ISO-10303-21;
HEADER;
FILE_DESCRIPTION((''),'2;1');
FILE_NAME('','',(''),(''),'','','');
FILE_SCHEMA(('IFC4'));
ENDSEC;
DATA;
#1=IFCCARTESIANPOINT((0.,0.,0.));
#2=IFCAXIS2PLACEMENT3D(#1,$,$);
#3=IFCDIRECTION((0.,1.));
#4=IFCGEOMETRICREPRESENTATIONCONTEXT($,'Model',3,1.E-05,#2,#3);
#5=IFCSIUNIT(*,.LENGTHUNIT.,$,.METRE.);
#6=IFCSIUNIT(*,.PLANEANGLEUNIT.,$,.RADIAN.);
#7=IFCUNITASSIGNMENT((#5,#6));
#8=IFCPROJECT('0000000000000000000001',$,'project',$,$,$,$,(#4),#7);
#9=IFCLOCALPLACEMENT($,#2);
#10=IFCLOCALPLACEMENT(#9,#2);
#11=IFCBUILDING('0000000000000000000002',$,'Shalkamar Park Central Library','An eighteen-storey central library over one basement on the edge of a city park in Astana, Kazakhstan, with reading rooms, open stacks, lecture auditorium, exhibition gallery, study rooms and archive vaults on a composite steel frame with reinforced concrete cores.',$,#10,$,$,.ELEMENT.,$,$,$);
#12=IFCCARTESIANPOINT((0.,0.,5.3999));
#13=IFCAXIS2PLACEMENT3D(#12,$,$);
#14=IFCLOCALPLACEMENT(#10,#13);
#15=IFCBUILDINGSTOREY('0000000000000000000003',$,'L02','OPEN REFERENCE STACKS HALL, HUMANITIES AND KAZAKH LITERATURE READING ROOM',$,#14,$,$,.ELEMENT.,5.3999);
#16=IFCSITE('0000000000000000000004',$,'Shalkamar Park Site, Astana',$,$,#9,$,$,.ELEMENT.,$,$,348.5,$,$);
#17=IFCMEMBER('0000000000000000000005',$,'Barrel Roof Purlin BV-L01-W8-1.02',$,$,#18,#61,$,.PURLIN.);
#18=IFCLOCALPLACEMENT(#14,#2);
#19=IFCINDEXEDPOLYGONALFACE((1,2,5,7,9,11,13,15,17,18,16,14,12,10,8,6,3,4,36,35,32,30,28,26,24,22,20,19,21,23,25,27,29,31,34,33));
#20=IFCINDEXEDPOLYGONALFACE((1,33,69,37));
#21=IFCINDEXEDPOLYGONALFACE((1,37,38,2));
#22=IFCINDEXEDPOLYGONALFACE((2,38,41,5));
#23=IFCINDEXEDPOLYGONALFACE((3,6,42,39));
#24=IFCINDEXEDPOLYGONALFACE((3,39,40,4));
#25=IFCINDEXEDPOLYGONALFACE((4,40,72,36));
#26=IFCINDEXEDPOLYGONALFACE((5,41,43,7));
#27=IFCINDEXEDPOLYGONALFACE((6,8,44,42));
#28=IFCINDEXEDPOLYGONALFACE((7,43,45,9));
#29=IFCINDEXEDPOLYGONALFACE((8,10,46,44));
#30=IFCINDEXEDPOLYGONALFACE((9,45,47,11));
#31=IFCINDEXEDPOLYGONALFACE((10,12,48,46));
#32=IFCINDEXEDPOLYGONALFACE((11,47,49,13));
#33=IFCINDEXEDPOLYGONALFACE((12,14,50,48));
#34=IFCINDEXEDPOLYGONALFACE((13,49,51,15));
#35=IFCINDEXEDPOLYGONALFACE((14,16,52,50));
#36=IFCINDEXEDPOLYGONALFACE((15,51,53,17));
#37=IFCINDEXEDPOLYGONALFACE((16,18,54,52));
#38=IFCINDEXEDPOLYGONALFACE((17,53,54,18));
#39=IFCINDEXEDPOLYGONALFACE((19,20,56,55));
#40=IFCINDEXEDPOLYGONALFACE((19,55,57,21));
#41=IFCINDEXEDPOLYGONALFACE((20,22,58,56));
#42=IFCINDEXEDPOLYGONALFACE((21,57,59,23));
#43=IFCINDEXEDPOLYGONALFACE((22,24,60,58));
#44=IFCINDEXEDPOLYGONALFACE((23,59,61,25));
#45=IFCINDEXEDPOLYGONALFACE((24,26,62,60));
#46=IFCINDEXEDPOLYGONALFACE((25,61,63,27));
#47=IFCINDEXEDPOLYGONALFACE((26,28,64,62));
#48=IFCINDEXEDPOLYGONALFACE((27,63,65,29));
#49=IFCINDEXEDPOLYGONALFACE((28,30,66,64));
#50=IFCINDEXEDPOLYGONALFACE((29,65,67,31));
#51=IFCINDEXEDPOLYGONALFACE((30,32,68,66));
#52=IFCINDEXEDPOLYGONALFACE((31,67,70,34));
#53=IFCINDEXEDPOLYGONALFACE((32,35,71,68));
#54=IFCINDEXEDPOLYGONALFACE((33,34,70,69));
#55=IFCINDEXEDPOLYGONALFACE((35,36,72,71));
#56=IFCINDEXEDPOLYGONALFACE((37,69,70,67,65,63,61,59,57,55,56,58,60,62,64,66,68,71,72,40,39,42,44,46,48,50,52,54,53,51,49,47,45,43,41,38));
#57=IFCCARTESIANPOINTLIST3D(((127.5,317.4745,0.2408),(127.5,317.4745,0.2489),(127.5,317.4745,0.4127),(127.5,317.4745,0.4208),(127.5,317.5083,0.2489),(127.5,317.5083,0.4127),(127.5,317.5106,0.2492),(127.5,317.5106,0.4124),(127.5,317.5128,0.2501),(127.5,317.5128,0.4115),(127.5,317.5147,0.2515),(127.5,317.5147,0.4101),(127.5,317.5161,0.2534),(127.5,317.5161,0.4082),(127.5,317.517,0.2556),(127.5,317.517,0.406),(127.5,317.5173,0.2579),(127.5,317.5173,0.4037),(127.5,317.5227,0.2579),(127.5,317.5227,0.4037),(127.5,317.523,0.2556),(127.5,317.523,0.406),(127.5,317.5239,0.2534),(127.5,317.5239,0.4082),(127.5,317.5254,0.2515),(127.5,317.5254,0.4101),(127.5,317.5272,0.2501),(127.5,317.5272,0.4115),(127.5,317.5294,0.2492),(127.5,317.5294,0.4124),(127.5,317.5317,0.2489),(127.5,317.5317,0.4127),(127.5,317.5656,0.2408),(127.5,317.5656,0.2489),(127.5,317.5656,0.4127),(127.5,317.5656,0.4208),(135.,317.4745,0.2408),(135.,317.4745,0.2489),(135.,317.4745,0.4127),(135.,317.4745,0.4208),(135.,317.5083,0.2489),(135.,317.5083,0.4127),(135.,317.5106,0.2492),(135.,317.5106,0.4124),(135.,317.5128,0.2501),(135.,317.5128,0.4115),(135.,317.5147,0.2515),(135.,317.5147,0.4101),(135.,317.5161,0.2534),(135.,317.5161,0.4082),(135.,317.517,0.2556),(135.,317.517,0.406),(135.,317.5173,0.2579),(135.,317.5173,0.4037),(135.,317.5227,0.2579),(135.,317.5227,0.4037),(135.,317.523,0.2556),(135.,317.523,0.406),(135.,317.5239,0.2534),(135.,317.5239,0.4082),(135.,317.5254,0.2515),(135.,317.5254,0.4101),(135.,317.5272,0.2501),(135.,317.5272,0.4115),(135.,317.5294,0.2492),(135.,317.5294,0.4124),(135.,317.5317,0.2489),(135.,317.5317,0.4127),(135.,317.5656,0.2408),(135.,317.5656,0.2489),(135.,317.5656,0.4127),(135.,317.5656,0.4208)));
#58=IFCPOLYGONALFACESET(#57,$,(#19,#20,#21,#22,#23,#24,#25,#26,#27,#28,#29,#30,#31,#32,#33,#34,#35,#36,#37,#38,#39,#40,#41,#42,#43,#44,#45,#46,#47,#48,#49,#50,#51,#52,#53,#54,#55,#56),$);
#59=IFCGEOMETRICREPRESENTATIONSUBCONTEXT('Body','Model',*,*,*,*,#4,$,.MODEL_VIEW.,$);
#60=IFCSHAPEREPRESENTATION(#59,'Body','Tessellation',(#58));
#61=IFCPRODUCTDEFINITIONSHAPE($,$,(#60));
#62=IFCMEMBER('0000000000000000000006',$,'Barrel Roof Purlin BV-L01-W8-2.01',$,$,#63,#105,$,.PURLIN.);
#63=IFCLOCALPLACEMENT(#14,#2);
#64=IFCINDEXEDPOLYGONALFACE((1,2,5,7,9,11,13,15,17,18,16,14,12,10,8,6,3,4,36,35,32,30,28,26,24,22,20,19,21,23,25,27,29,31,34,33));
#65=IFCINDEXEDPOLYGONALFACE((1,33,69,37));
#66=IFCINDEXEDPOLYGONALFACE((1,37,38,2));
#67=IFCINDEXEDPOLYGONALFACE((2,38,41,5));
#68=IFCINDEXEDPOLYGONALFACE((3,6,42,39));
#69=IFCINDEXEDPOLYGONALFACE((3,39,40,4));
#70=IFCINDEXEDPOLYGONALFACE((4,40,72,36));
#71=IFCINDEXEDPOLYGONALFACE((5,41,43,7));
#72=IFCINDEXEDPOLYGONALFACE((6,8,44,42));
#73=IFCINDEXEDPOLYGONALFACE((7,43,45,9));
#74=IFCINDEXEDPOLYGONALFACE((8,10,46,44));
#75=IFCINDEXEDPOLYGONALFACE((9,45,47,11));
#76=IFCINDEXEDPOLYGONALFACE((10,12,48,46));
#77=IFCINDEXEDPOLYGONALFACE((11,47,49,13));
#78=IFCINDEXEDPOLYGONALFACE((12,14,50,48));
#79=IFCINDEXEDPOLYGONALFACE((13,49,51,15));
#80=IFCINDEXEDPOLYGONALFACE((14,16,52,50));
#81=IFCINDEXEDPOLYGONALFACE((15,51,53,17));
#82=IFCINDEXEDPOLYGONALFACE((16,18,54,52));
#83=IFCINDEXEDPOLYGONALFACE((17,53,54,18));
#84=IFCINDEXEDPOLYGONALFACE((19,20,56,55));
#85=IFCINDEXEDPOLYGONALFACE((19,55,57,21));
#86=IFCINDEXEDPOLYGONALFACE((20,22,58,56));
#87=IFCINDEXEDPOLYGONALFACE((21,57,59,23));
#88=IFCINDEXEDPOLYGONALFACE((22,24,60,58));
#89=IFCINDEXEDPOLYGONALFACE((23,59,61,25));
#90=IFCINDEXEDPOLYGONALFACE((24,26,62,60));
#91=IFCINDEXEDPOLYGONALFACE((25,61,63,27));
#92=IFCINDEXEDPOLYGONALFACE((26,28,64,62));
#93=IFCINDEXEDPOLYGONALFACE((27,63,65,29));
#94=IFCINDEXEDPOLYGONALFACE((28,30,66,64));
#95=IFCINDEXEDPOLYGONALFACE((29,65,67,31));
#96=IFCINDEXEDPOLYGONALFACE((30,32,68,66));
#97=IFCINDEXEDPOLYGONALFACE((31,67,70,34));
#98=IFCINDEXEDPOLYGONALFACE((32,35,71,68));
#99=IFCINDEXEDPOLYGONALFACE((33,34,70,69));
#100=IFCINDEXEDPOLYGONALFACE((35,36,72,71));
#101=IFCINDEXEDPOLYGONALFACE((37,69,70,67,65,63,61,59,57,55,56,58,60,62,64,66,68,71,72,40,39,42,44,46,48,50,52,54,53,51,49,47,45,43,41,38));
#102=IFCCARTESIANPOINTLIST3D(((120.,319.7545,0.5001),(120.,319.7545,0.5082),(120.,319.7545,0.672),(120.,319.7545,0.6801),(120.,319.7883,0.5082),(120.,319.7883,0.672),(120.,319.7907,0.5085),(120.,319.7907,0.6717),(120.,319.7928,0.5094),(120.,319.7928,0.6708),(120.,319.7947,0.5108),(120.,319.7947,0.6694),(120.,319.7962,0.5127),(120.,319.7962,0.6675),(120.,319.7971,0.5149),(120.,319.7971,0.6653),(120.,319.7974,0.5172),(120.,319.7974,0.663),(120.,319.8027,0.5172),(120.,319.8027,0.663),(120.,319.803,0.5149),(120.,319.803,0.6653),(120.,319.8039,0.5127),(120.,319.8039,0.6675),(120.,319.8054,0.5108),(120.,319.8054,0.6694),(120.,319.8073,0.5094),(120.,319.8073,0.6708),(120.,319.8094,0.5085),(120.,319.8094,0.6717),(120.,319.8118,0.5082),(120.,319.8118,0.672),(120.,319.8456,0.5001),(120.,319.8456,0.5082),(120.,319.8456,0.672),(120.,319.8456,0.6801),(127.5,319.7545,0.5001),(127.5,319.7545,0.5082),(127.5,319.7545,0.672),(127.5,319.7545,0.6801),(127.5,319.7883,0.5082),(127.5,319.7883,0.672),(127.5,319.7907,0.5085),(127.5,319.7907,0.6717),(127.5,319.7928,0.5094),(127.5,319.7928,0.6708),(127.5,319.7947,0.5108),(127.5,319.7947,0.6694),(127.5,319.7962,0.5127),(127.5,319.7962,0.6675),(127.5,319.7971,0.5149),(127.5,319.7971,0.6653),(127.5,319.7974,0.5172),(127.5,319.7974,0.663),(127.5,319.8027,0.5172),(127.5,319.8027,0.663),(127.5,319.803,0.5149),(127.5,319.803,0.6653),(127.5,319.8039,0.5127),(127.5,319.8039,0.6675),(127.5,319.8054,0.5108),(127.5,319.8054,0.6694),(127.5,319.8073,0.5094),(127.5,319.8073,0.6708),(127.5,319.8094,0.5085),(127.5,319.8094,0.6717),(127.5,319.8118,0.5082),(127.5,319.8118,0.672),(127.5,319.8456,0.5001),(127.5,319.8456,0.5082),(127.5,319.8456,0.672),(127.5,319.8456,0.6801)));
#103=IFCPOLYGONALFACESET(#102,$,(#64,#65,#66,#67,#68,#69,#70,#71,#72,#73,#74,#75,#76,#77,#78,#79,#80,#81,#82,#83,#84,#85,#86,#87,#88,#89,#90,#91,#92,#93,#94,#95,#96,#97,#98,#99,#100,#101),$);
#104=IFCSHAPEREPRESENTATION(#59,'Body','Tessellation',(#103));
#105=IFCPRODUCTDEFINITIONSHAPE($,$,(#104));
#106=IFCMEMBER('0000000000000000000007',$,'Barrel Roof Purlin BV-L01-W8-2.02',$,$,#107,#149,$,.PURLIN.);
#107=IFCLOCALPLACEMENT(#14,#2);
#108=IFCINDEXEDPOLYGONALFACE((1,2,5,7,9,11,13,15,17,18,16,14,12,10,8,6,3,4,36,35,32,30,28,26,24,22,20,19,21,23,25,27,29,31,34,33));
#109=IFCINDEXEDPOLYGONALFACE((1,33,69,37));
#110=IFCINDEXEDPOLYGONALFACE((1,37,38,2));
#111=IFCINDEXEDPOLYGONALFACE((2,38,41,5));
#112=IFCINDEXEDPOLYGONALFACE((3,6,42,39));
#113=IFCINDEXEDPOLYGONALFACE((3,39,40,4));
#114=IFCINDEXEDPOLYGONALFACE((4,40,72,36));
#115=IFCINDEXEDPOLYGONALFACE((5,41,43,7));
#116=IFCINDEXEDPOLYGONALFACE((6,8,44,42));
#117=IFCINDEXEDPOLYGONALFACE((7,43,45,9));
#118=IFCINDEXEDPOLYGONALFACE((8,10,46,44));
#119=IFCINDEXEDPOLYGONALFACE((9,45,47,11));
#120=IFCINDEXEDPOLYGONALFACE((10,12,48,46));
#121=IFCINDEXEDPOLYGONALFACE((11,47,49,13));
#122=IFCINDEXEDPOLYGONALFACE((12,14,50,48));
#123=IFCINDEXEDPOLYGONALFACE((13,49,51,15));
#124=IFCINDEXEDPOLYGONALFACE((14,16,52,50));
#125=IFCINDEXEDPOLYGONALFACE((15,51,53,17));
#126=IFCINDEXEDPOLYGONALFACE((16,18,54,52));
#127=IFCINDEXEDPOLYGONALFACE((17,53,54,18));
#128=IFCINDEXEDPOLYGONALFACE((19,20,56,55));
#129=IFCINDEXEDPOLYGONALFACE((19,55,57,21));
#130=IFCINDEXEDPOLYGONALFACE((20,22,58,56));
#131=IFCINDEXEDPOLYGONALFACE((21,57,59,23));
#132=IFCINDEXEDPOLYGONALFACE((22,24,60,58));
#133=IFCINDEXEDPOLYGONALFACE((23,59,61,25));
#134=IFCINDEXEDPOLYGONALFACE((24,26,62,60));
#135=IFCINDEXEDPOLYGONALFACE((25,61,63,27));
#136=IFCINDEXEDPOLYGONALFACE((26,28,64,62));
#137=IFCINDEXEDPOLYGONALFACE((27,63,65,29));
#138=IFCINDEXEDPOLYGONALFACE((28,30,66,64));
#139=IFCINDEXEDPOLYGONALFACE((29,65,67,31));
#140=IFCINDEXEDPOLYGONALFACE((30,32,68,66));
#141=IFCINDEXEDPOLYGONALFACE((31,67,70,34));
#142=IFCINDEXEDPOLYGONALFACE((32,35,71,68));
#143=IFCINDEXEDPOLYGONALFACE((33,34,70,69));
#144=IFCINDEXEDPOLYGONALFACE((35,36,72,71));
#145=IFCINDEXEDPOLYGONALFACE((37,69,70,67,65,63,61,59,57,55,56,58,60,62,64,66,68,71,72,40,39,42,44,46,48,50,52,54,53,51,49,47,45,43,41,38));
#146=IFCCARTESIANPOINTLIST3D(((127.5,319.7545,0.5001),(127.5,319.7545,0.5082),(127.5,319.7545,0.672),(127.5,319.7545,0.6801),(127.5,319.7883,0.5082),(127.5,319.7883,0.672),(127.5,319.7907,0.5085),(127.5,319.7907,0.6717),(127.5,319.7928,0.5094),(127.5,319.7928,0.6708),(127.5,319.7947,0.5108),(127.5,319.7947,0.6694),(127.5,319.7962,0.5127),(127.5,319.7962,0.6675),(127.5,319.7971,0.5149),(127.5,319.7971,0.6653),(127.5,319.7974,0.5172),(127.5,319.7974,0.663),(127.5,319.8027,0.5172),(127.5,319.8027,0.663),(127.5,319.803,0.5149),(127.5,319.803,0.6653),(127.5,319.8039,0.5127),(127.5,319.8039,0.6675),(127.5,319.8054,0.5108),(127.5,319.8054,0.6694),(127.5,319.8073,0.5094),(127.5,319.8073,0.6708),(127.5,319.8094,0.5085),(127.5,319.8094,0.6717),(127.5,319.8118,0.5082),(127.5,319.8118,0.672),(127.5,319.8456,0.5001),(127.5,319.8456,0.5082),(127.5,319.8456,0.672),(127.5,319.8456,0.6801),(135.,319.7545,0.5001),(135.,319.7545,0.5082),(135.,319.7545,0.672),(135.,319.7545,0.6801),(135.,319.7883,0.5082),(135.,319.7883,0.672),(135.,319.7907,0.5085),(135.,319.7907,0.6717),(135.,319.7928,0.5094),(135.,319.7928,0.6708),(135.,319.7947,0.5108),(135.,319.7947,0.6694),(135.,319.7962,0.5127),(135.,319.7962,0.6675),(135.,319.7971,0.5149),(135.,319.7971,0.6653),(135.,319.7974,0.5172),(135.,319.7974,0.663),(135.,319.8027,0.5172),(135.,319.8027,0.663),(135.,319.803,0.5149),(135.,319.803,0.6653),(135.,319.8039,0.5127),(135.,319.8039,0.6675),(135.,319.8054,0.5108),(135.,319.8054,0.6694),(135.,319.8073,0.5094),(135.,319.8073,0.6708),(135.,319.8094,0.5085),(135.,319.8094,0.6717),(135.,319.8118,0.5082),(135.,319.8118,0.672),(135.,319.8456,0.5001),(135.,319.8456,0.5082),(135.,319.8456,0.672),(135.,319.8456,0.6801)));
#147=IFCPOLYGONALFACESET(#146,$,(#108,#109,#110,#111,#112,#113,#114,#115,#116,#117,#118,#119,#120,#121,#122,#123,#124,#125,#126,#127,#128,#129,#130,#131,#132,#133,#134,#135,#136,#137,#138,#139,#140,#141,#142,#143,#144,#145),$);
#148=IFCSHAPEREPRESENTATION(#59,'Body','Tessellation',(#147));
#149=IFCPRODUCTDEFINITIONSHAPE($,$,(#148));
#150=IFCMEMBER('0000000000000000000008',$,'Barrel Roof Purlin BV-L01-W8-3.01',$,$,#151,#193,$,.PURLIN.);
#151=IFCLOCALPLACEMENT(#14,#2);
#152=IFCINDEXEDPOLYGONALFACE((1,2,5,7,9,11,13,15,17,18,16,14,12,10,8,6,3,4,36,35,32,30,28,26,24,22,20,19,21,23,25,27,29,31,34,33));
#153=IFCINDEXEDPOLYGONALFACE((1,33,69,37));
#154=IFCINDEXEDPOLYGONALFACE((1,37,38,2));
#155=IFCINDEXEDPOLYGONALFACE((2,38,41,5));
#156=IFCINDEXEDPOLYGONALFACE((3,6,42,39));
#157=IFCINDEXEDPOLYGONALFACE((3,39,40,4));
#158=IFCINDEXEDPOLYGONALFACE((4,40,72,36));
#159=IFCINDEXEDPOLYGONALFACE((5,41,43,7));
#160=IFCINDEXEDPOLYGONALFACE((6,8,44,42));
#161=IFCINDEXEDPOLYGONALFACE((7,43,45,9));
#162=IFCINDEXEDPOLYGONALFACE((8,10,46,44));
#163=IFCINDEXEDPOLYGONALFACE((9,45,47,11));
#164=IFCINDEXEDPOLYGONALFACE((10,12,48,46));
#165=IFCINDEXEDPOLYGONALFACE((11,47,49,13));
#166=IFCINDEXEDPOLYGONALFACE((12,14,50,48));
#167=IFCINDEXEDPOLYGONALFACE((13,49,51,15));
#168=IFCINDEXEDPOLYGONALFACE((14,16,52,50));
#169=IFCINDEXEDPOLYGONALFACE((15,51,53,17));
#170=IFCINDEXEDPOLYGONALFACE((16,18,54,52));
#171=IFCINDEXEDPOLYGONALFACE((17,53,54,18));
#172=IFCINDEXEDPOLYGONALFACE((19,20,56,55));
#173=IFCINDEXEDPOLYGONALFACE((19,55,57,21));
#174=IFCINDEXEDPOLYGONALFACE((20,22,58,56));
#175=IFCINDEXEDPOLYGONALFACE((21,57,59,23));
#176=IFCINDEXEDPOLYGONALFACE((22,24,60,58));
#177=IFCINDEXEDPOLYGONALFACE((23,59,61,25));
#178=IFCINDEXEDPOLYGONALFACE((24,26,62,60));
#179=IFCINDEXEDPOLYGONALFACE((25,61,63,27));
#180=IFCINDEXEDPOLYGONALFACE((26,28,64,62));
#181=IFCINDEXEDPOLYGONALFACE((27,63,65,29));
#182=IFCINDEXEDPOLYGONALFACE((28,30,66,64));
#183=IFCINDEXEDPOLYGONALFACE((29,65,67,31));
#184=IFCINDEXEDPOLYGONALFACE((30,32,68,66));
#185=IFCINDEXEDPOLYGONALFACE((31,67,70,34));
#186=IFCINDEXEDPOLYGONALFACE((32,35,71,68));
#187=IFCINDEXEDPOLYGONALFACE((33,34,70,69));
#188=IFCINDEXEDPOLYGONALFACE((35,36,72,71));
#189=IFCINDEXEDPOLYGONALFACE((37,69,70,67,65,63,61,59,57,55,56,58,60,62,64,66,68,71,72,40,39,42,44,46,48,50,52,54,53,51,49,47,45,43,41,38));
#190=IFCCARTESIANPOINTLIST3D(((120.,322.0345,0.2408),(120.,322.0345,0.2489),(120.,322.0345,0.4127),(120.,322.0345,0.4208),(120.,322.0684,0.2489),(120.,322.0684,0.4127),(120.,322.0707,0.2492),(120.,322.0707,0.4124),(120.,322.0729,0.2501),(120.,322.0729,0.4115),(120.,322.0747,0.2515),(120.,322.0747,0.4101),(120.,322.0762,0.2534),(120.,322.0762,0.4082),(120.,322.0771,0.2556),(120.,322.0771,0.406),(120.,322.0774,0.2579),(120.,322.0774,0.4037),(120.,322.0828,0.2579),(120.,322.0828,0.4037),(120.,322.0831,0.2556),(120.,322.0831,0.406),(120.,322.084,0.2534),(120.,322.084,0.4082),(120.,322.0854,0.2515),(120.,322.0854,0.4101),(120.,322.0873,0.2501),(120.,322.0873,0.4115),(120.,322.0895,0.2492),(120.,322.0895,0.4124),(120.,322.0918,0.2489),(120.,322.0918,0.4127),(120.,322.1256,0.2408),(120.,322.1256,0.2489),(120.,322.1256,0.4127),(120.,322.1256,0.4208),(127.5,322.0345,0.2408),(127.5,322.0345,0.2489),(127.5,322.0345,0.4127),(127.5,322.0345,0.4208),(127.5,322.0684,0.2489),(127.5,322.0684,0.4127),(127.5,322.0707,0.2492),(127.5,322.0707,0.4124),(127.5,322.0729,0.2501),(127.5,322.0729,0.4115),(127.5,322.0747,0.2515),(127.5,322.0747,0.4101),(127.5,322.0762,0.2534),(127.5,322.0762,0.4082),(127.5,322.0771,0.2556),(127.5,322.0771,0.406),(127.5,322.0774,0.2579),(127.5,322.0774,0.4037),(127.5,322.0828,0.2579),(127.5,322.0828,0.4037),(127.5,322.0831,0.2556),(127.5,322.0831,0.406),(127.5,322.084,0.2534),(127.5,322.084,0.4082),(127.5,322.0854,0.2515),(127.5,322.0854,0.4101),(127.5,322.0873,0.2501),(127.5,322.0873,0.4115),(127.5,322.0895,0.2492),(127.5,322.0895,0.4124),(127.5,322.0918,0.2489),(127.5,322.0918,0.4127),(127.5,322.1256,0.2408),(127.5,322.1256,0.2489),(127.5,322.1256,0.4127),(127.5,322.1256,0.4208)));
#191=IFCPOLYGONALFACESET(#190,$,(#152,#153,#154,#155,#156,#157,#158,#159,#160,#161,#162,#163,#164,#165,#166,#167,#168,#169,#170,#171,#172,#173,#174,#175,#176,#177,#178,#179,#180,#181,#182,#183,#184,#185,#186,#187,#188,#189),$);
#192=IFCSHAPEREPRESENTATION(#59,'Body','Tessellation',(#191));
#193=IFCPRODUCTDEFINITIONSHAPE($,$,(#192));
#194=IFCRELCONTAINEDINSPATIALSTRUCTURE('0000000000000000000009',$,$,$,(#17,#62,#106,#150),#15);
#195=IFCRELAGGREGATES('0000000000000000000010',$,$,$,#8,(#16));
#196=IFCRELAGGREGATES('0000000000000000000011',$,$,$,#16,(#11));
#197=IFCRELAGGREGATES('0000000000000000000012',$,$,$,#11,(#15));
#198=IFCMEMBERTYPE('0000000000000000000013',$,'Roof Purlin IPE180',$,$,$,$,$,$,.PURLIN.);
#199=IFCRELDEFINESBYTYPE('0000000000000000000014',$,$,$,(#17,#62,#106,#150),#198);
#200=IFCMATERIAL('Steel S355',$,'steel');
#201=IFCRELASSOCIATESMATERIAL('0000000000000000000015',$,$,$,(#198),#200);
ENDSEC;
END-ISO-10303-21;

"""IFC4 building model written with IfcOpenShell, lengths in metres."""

from ifc_helpers import new_model, si_unit, direction, frame, origin, origin_2d, place, context, subcontext, project, spatial, i_section, extrude, material, material_profile, profile_set, type_object, element, save


model = new_model("IFC4")

# Units and contexts
model_context = context("Model", 3, precision=1e-05, world=origin(), true_north=direction((0.0, 1.0)))
body_context = subcontext(model_context, "Body", "Model", "MODEL_VIEW")
ifc_project = project(units=[si_unit("LENGTHUNIT", "METRE"), si_unit("PLANEANGLEUNIT", "RADIAN")], contexts=[model_context])

# Site, building, storey
site_placement = place(None, origin())
site = spatial("IfcSite", under=ifc_project, at=site_placement, Name="Shalkamar Park Site, Astana", CompositionType="ELEMENT", RefElevation=348.5)
building_placement = place(site_placement, origin())
building = spatial("IfcBuilding", under=site, at=building_placement, Name="Shalkamar Park Central Library", Description="An eighteen-storey central library over one basement on the edge of a city park in Astana, Kazakhstan, with reading rooms, open stacks, lecture auditorium, exhibition gallery, study rooms and archive vaults on a composite steel frame with reinforced concrete cores.", CompositionType="ELEMENT")
storey_placement = place(building_placement, frame((0.0, 0.0, 5.3999)))
storey = spatial("IfcBuildingStorey", under=building, at=storey_placement, Name="L02", Description="OPEN REFERENCE STACKS HALL, HUMANITIES AND KAZAKH LITERATURE READING ROOM", CompositionType="ELEMENT", Elevation=5.3999)

# Members
ifc_material_1 = material(Name="Steel S355", Category="steel")
ifc_material_profile_1 = material_profile(ifc_material_1, i_section(OverallWidth=0.0911, OverallDepth=0.1799, WebThickness=0.0054, FlangeThickness=0.0081, FilletRadius=0.009, at=origin_2d()), Name="IPE 180")
ifc_profile_set_1 = profile_set([ifc_material_profile_1], Name="Steel S355")
member_type_1 = type_object("IfcMemberType", Name="Roof Purlin IPE180", PredefinedType="PURLIN", material=ifc_profile_set_1)
for number, where, z_axis, x_axis, name in (
    (1, (127.5, 317.52, 0.3308), (1.0, 0.0, 0.0), (0.0, 1.0, 0.0), "Barrel Roof Purlin BV-L01-W8-1.02"),
    (2, (120.0, 319.8, 0.5901), (1.0, 0.0, 0.0), (0.0, 1.0, 0.0), "Barrel Roof Purlin BV-L01-W8-2.01"),
    (3, (127.5, 319.8, 0.5901), (1.0, 0.0, 0.0), (0.0, 1.0, 0.0), "Barrel Roof Purlin BV-L01-W8-2.02"),
    (4, (120.0, 322.0801, 0.3308), (1.0, 0.0, 0.0), (0.0, 1.0, 0.0), "Barrel Roof Purlin BV-L01-W8-3.01"),
):
    element("IfcMember", number, at=place(storey_placement, frame(where, z_axis=z_axis, x_axis=x_axis)), inside=storey, type_object=member_type_1, Name=name, PredefinedType="PURLIN", context=body_context, shape_type="SweptSolid", body=[
        extrude(i_section(OverallWidth=0.0911, OverallDepth=0.1799, WebThickness=0.0054, FlangeThickness=0.0081, FilletRadius=0.009, at=origin_2d()), origin(), (0.0, 0.0, 1.0), 7.5),
    ])

save(model, "model.ifc")
